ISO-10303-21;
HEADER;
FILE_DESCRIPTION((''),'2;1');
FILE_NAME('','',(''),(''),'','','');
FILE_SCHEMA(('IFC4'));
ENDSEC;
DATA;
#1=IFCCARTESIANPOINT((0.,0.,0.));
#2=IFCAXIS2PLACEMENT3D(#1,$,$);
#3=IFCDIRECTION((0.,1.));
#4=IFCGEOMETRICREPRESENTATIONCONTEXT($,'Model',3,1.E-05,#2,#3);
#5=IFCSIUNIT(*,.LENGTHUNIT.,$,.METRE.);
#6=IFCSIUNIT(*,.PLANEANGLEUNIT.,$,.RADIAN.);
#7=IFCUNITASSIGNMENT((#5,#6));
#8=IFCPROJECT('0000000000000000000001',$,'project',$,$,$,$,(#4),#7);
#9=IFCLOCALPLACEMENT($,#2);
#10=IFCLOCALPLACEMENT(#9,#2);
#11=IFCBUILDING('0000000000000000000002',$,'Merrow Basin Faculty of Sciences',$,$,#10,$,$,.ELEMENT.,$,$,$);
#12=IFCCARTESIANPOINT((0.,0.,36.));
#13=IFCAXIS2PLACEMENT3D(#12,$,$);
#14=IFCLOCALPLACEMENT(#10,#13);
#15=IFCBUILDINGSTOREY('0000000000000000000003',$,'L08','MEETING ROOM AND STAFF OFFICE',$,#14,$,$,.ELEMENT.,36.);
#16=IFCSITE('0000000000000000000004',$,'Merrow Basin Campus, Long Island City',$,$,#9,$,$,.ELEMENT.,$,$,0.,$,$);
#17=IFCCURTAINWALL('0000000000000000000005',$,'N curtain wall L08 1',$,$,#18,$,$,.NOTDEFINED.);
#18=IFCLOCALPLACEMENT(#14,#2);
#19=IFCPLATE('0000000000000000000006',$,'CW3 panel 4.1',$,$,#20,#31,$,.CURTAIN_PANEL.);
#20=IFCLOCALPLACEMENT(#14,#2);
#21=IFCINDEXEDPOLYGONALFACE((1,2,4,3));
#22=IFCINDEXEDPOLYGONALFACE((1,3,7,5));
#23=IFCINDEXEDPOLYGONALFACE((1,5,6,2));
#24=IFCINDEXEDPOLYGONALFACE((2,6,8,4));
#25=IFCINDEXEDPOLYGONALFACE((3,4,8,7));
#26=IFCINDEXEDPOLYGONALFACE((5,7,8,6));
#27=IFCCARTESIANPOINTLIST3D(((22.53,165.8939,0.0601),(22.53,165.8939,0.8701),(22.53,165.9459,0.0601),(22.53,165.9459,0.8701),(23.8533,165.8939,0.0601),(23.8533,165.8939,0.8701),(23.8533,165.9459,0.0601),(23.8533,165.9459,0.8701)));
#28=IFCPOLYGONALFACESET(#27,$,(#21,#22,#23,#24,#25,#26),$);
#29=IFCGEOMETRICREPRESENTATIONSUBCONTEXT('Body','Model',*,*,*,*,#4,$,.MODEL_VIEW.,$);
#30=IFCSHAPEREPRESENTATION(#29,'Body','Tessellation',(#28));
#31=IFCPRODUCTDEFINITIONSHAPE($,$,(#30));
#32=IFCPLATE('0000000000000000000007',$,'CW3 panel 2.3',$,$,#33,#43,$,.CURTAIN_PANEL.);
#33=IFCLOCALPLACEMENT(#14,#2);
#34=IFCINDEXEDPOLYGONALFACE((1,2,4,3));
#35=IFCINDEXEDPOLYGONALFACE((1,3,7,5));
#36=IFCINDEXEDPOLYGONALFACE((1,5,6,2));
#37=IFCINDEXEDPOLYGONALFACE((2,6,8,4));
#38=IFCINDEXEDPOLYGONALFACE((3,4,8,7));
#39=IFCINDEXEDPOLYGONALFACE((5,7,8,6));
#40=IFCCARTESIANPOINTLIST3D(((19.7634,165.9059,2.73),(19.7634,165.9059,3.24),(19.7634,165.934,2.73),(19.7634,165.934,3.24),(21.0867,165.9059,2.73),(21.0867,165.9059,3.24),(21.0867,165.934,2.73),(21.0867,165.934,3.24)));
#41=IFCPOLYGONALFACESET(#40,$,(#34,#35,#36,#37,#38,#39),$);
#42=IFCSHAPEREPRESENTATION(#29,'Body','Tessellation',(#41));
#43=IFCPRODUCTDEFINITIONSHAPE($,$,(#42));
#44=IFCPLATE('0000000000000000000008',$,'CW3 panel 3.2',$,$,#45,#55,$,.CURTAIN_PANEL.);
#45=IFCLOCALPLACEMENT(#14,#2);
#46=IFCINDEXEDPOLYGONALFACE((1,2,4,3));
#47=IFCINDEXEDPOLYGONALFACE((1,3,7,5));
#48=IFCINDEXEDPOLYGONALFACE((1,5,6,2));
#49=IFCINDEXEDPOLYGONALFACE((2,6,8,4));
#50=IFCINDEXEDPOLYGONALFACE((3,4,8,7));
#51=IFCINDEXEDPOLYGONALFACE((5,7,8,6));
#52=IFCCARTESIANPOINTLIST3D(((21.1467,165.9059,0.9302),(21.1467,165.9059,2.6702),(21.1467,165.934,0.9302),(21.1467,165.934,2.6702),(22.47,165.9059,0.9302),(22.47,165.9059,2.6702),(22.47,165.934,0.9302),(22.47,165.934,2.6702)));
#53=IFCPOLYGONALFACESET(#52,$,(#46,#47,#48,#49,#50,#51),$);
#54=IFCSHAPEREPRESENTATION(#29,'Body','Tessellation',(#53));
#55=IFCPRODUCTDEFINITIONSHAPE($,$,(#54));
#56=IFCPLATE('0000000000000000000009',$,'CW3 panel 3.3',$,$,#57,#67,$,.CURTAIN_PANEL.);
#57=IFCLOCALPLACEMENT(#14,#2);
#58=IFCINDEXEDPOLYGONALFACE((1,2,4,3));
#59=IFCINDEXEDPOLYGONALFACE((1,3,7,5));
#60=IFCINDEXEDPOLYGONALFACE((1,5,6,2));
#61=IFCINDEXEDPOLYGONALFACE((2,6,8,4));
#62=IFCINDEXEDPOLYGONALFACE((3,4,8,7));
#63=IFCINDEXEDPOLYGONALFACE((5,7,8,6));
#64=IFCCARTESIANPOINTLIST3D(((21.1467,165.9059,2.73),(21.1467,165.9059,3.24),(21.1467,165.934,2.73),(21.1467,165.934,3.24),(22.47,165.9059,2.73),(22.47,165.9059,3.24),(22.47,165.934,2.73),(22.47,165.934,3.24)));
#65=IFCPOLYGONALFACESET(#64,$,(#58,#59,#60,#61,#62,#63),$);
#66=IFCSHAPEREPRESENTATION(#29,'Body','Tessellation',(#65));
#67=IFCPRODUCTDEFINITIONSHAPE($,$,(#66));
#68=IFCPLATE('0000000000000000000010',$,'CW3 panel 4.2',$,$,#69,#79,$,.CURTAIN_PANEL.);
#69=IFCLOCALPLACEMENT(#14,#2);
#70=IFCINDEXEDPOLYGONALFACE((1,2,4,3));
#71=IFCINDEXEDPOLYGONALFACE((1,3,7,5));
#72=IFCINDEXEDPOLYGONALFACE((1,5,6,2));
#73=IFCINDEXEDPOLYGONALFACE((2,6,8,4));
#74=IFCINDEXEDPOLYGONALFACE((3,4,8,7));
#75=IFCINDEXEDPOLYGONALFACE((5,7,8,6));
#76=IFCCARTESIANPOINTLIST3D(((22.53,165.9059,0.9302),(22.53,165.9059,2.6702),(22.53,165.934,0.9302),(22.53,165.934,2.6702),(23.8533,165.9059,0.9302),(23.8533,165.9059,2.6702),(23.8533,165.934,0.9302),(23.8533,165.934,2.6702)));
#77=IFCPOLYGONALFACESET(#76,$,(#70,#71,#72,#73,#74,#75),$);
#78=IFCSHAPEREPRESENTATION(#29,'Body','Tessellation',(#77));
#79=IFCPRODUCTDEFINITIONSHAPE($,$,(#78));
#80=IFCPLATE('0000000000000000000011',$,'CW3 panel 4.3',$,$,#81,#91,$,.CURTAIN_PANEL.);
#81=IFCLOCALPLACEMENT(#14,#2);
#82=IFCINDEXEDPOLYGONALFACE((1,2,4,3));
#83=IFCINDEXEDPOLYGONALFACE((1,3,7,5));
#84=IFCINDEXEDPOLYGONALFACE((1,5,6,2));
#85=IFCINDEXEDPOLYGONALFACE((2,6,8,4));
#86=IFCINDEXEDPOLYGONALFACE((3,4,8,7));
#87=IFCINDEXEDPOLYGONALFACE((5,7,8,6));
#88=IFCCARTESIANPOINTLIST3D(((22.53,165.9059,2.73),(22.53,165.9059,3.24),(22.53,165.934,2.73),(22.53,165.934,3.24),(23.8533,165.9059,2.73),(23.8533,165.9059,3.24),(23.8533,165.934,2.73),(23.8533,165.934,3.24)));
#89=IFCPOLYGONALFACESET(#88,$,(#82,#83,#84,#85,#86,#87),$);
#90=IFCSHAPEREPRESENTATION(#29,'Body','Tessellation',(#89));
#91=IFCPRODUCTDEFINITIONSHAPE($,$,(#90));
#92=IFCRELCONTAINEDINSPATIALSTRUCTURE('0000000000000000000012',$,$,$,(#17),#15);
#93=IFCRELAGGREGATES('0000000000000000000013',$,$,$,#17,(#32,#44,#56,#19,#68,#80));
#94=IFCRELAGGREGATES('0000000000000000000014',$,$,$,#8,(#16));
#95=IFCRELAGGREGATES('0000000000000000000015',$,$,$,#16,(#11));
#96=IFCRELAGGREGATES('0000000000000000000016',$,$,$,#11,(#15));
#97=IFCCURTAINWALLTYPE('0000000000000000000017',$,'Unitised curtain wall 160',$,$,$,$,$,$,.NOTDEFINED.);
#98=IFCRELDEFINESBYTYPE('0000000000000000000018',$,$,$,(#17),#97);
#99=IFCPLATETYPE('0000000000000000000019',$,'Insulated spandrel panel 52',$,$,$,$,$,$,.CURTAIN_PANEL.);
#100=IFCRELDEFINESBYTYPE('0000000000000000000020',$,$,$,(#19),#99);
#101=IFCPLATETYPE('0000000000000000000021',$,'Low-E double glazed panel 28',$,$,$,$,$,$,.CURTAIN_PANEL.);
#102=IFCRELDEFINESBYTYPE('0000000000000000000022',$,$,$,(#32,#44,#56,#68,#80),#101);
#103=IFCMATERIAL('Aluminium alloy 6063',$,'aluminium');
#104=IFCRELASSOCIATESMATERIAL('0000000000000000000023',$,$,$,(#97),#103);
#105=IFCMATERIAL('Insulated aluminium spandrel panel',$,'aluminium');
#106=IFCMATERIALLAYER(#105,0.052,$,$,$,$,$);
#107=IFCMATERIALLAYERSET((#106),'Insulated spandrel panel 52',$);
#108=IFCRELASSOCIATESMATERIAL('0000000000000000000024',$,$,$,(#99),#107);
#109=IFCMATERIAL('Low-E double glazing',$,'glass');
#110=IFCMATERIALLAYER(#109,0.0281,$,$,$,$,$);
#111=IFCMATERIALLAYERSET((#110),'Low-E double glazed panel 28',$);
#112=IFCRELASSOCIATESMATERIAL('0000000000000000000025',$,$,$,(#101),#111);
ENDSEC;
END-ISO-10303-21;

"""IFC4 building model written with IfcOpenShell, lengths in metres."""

from ifc_helpers import new_model, si_unit, direction, frame, origin, origin_2d, place, context, subcontext, project, spatial, rectangle, extrude, material, layer, layer_set, type_object, element, aggregate, save


model = new_model("IFC4")

# Units and contexts
model_context = context("Model", 3, precision=1e-05, world=origin(), true_north=direction((0.0, 1.0)))
body_context = subcontext(model_context, "Body", "Model", "MODEL_VIEW")
ifc_project = project(units=[si_unit("LENGTHUNIT", "METRE"), si_unit("PLANEANGLEUNIT", "RADIAN")], contexts=[model_context])

# Site, building, storey
site_placement = place(None, origin())
site = spatial("IfcSite", under=ifc_project, at=site_placement, Name="Merrow Basin Campus, Long Island City", CompositionType="ELEMENT", RefElevation=0.0)
building_placement = place(site_placement, origin())
building = spatial("IfcBuilding", under=site, at=building_placement, Name="Merrow Basin Faculty of Sciences", CompositionType="ELEMENT")
storey_placement = place(building_placement, frame((0.0, 0.0, 36.0)))
storey = spatial("IfcBuildingStorey", under=building, at=storey_placement, Name="L08", Description="MEETING ROOM AND STAFF OFFICE", CompositionType="ELEMENT", Elevation=36.0)

# Curtain wall, plates
ifc_material_1 = material(Name="Aluminium alloy 6063", Category="aluminium")
curtain_wall_type = type_object("IfcCurtainWallType", Name="Unitised curtain wall 160", PredefinedType="NOTDEFINED", material=ifc_material_1)
curtain_wall_placement = place(storey_placement, origin())
curtain_wall = element("IfcCurtainWall", 1, at=curtain_wall_placement, inside=storey, type_object=curtain_wall_type, Name="N curtain wall L08 1", PredefinedType="NOTDEFINED")
ifc_material_2 = material(Name="Insulated aluminium spandrel panel", Category="aluminium")
ifc_layer_1 = layer(ifc_material_2, 0.052)
ifc_layer_set_1 = layer_set([ifc_layer_1], Name="Insulated spandrel panel 52")
plate_type_1 = type_object("IfcPlateType", Name="Insulated spandrel panel 52", PredefinedType="CURTAIN_PANEL", material=ifc_layer_set_1)
plate_1_placement = place(storey_placement, frame((23.1917, 165.9199, 0.0601), z_axis=(0.0, 0.0, 1.0), x_axis=(1.0, 0.0, 0.0)))
plate_1 = element("IfcPlate", 2, at=plate_1_placement, type_object=plate_type_1, Name="CW3 panel 4.1", PredefinedType="CURTAIN_PANEL", context=body_context, shape_type="SweptSolid", body=[
    extrude(rectangle(XDim=1.3232, YDim=0.052, at=origin_2d()), origin(), (0.0, 0.0, 1.0), 0.8101),
])
ifc_material_3 = material(Name="Low-E double glazing", Category="glass")
ifc_layer_2 = layer(ifc_material_3, 0.0281)
ifc_layer_set_2 = layer_set([ifc_layer_2], Name="Low-E double glazed panel 28")
plate_type_2 = type_object("IfcPlateType", Name="Low-E double glazed panel 28", PredefinedType="CURTAIN_PANEL", material=ifc_layer_set_2)
plate_2_placement = place(storey_placement, frame((20.425, 165.9199, 2.73), z_axis=(0.0, 0.0, 1.0), x_axis=(1.0, 0.0, 0.0)))
plate_2 = element("IfcPlate", 3, at=plate_2_placement, type_object=plate_type_2, Name="CW3 panel 2.3", PredefinedType="CURTAIN_PANEL", context=body_context, shape_type="SweptSolid", body=[
    extrude(rectangle(XDim=1.3232, YDim=0.0281, at=origin_2d()), origin(), (0.0, 0.0, 1.0), 0.51),
])
plate_3_placement = place(storey_placement, frame((21.8083, 165.9199, 0.9302), z_axis=(0.0, 0.0, 1.0), x_axis=(1.0, 0.0, 0.0)))
plate_3 = element("IfcPlate", 4, at=plate_3_placement, type_object=plate_type_2, Name="CW3 panel 3.2", PredefinedType="CURTAIN_PANEL", context=body_context, shape_type="SweptSolid", body=[
    extrude(rectangle(XDim=1.3232, YDim=0.0281, at=origin_2d()), origin(), (0.0, 0.0, 1.0), 1.74),
])
plate_4_placement = place(storey_placement, frame((21.8083, 165.9199, 2.73), z_axis=(0.0, 0.0, 1.0), x_axis=(1.0, 0.0, 0.0)))
plate_4 = element("IfcPlate", 5, at=plate_4_placement, type_object=plate_type_2, Name="CW3 panel 3.3", PredefinedType="CURTAIN_PANEL", context=body_context, shape_type="SweptSolid", body=[
    extrude(rectangle(XDim=1.3232, YDim=0.0281, at=origin_2d()), origin(), (0.0, 0.0, 1.0), 0.51),
])
plate_5_placement = place(storey_placement, frame((23.1917, 165.9199, 0.9302), z_axis=(0.0, 0.0, 1.0), x_axis=(1.0, 0.0, 0.0)))
plate_5 = element("IfcPlate", 6, at=plate_5_placement, type_object=plate_type_2, Name="CW3 panel 4.2", PredefinedType="CURTAIN_PANEL", context=body_context, shape_type="SweptSolid", body=[
    extrude(rectangle(XDim=1.3232, YDim=0.0281, at=origin_2d()), origin(), (0.0, 0.0, 1.0), 1.74),
])
plate_6_placement = place(storey_placement, frame((23.1917, 165.9199, 2.73), z_axis=(0.0, 0.0, 1.0), x_axis=(1.0, 0.0, 0.0)))
plate_6 = element("IfcPlate", 7, at=plate_6_placement, type_object=plate_type_2, Name="CW3 panel 4.3", PredefinedType="CURTAIN_PANEL", context=body_context, shape_type="SweptSolid", body=[
    extrude(rectangle(XDim=1.3232, YDim=0.0281, at=origin_2d()), origin(), (0.0, 0.0, 1.0), 0.51),
])
aggregate(curtain_wall, [plate_2, plate_3, plate_4, plate_1, plate_5, plate_6])

save(model, "model.ifc")
